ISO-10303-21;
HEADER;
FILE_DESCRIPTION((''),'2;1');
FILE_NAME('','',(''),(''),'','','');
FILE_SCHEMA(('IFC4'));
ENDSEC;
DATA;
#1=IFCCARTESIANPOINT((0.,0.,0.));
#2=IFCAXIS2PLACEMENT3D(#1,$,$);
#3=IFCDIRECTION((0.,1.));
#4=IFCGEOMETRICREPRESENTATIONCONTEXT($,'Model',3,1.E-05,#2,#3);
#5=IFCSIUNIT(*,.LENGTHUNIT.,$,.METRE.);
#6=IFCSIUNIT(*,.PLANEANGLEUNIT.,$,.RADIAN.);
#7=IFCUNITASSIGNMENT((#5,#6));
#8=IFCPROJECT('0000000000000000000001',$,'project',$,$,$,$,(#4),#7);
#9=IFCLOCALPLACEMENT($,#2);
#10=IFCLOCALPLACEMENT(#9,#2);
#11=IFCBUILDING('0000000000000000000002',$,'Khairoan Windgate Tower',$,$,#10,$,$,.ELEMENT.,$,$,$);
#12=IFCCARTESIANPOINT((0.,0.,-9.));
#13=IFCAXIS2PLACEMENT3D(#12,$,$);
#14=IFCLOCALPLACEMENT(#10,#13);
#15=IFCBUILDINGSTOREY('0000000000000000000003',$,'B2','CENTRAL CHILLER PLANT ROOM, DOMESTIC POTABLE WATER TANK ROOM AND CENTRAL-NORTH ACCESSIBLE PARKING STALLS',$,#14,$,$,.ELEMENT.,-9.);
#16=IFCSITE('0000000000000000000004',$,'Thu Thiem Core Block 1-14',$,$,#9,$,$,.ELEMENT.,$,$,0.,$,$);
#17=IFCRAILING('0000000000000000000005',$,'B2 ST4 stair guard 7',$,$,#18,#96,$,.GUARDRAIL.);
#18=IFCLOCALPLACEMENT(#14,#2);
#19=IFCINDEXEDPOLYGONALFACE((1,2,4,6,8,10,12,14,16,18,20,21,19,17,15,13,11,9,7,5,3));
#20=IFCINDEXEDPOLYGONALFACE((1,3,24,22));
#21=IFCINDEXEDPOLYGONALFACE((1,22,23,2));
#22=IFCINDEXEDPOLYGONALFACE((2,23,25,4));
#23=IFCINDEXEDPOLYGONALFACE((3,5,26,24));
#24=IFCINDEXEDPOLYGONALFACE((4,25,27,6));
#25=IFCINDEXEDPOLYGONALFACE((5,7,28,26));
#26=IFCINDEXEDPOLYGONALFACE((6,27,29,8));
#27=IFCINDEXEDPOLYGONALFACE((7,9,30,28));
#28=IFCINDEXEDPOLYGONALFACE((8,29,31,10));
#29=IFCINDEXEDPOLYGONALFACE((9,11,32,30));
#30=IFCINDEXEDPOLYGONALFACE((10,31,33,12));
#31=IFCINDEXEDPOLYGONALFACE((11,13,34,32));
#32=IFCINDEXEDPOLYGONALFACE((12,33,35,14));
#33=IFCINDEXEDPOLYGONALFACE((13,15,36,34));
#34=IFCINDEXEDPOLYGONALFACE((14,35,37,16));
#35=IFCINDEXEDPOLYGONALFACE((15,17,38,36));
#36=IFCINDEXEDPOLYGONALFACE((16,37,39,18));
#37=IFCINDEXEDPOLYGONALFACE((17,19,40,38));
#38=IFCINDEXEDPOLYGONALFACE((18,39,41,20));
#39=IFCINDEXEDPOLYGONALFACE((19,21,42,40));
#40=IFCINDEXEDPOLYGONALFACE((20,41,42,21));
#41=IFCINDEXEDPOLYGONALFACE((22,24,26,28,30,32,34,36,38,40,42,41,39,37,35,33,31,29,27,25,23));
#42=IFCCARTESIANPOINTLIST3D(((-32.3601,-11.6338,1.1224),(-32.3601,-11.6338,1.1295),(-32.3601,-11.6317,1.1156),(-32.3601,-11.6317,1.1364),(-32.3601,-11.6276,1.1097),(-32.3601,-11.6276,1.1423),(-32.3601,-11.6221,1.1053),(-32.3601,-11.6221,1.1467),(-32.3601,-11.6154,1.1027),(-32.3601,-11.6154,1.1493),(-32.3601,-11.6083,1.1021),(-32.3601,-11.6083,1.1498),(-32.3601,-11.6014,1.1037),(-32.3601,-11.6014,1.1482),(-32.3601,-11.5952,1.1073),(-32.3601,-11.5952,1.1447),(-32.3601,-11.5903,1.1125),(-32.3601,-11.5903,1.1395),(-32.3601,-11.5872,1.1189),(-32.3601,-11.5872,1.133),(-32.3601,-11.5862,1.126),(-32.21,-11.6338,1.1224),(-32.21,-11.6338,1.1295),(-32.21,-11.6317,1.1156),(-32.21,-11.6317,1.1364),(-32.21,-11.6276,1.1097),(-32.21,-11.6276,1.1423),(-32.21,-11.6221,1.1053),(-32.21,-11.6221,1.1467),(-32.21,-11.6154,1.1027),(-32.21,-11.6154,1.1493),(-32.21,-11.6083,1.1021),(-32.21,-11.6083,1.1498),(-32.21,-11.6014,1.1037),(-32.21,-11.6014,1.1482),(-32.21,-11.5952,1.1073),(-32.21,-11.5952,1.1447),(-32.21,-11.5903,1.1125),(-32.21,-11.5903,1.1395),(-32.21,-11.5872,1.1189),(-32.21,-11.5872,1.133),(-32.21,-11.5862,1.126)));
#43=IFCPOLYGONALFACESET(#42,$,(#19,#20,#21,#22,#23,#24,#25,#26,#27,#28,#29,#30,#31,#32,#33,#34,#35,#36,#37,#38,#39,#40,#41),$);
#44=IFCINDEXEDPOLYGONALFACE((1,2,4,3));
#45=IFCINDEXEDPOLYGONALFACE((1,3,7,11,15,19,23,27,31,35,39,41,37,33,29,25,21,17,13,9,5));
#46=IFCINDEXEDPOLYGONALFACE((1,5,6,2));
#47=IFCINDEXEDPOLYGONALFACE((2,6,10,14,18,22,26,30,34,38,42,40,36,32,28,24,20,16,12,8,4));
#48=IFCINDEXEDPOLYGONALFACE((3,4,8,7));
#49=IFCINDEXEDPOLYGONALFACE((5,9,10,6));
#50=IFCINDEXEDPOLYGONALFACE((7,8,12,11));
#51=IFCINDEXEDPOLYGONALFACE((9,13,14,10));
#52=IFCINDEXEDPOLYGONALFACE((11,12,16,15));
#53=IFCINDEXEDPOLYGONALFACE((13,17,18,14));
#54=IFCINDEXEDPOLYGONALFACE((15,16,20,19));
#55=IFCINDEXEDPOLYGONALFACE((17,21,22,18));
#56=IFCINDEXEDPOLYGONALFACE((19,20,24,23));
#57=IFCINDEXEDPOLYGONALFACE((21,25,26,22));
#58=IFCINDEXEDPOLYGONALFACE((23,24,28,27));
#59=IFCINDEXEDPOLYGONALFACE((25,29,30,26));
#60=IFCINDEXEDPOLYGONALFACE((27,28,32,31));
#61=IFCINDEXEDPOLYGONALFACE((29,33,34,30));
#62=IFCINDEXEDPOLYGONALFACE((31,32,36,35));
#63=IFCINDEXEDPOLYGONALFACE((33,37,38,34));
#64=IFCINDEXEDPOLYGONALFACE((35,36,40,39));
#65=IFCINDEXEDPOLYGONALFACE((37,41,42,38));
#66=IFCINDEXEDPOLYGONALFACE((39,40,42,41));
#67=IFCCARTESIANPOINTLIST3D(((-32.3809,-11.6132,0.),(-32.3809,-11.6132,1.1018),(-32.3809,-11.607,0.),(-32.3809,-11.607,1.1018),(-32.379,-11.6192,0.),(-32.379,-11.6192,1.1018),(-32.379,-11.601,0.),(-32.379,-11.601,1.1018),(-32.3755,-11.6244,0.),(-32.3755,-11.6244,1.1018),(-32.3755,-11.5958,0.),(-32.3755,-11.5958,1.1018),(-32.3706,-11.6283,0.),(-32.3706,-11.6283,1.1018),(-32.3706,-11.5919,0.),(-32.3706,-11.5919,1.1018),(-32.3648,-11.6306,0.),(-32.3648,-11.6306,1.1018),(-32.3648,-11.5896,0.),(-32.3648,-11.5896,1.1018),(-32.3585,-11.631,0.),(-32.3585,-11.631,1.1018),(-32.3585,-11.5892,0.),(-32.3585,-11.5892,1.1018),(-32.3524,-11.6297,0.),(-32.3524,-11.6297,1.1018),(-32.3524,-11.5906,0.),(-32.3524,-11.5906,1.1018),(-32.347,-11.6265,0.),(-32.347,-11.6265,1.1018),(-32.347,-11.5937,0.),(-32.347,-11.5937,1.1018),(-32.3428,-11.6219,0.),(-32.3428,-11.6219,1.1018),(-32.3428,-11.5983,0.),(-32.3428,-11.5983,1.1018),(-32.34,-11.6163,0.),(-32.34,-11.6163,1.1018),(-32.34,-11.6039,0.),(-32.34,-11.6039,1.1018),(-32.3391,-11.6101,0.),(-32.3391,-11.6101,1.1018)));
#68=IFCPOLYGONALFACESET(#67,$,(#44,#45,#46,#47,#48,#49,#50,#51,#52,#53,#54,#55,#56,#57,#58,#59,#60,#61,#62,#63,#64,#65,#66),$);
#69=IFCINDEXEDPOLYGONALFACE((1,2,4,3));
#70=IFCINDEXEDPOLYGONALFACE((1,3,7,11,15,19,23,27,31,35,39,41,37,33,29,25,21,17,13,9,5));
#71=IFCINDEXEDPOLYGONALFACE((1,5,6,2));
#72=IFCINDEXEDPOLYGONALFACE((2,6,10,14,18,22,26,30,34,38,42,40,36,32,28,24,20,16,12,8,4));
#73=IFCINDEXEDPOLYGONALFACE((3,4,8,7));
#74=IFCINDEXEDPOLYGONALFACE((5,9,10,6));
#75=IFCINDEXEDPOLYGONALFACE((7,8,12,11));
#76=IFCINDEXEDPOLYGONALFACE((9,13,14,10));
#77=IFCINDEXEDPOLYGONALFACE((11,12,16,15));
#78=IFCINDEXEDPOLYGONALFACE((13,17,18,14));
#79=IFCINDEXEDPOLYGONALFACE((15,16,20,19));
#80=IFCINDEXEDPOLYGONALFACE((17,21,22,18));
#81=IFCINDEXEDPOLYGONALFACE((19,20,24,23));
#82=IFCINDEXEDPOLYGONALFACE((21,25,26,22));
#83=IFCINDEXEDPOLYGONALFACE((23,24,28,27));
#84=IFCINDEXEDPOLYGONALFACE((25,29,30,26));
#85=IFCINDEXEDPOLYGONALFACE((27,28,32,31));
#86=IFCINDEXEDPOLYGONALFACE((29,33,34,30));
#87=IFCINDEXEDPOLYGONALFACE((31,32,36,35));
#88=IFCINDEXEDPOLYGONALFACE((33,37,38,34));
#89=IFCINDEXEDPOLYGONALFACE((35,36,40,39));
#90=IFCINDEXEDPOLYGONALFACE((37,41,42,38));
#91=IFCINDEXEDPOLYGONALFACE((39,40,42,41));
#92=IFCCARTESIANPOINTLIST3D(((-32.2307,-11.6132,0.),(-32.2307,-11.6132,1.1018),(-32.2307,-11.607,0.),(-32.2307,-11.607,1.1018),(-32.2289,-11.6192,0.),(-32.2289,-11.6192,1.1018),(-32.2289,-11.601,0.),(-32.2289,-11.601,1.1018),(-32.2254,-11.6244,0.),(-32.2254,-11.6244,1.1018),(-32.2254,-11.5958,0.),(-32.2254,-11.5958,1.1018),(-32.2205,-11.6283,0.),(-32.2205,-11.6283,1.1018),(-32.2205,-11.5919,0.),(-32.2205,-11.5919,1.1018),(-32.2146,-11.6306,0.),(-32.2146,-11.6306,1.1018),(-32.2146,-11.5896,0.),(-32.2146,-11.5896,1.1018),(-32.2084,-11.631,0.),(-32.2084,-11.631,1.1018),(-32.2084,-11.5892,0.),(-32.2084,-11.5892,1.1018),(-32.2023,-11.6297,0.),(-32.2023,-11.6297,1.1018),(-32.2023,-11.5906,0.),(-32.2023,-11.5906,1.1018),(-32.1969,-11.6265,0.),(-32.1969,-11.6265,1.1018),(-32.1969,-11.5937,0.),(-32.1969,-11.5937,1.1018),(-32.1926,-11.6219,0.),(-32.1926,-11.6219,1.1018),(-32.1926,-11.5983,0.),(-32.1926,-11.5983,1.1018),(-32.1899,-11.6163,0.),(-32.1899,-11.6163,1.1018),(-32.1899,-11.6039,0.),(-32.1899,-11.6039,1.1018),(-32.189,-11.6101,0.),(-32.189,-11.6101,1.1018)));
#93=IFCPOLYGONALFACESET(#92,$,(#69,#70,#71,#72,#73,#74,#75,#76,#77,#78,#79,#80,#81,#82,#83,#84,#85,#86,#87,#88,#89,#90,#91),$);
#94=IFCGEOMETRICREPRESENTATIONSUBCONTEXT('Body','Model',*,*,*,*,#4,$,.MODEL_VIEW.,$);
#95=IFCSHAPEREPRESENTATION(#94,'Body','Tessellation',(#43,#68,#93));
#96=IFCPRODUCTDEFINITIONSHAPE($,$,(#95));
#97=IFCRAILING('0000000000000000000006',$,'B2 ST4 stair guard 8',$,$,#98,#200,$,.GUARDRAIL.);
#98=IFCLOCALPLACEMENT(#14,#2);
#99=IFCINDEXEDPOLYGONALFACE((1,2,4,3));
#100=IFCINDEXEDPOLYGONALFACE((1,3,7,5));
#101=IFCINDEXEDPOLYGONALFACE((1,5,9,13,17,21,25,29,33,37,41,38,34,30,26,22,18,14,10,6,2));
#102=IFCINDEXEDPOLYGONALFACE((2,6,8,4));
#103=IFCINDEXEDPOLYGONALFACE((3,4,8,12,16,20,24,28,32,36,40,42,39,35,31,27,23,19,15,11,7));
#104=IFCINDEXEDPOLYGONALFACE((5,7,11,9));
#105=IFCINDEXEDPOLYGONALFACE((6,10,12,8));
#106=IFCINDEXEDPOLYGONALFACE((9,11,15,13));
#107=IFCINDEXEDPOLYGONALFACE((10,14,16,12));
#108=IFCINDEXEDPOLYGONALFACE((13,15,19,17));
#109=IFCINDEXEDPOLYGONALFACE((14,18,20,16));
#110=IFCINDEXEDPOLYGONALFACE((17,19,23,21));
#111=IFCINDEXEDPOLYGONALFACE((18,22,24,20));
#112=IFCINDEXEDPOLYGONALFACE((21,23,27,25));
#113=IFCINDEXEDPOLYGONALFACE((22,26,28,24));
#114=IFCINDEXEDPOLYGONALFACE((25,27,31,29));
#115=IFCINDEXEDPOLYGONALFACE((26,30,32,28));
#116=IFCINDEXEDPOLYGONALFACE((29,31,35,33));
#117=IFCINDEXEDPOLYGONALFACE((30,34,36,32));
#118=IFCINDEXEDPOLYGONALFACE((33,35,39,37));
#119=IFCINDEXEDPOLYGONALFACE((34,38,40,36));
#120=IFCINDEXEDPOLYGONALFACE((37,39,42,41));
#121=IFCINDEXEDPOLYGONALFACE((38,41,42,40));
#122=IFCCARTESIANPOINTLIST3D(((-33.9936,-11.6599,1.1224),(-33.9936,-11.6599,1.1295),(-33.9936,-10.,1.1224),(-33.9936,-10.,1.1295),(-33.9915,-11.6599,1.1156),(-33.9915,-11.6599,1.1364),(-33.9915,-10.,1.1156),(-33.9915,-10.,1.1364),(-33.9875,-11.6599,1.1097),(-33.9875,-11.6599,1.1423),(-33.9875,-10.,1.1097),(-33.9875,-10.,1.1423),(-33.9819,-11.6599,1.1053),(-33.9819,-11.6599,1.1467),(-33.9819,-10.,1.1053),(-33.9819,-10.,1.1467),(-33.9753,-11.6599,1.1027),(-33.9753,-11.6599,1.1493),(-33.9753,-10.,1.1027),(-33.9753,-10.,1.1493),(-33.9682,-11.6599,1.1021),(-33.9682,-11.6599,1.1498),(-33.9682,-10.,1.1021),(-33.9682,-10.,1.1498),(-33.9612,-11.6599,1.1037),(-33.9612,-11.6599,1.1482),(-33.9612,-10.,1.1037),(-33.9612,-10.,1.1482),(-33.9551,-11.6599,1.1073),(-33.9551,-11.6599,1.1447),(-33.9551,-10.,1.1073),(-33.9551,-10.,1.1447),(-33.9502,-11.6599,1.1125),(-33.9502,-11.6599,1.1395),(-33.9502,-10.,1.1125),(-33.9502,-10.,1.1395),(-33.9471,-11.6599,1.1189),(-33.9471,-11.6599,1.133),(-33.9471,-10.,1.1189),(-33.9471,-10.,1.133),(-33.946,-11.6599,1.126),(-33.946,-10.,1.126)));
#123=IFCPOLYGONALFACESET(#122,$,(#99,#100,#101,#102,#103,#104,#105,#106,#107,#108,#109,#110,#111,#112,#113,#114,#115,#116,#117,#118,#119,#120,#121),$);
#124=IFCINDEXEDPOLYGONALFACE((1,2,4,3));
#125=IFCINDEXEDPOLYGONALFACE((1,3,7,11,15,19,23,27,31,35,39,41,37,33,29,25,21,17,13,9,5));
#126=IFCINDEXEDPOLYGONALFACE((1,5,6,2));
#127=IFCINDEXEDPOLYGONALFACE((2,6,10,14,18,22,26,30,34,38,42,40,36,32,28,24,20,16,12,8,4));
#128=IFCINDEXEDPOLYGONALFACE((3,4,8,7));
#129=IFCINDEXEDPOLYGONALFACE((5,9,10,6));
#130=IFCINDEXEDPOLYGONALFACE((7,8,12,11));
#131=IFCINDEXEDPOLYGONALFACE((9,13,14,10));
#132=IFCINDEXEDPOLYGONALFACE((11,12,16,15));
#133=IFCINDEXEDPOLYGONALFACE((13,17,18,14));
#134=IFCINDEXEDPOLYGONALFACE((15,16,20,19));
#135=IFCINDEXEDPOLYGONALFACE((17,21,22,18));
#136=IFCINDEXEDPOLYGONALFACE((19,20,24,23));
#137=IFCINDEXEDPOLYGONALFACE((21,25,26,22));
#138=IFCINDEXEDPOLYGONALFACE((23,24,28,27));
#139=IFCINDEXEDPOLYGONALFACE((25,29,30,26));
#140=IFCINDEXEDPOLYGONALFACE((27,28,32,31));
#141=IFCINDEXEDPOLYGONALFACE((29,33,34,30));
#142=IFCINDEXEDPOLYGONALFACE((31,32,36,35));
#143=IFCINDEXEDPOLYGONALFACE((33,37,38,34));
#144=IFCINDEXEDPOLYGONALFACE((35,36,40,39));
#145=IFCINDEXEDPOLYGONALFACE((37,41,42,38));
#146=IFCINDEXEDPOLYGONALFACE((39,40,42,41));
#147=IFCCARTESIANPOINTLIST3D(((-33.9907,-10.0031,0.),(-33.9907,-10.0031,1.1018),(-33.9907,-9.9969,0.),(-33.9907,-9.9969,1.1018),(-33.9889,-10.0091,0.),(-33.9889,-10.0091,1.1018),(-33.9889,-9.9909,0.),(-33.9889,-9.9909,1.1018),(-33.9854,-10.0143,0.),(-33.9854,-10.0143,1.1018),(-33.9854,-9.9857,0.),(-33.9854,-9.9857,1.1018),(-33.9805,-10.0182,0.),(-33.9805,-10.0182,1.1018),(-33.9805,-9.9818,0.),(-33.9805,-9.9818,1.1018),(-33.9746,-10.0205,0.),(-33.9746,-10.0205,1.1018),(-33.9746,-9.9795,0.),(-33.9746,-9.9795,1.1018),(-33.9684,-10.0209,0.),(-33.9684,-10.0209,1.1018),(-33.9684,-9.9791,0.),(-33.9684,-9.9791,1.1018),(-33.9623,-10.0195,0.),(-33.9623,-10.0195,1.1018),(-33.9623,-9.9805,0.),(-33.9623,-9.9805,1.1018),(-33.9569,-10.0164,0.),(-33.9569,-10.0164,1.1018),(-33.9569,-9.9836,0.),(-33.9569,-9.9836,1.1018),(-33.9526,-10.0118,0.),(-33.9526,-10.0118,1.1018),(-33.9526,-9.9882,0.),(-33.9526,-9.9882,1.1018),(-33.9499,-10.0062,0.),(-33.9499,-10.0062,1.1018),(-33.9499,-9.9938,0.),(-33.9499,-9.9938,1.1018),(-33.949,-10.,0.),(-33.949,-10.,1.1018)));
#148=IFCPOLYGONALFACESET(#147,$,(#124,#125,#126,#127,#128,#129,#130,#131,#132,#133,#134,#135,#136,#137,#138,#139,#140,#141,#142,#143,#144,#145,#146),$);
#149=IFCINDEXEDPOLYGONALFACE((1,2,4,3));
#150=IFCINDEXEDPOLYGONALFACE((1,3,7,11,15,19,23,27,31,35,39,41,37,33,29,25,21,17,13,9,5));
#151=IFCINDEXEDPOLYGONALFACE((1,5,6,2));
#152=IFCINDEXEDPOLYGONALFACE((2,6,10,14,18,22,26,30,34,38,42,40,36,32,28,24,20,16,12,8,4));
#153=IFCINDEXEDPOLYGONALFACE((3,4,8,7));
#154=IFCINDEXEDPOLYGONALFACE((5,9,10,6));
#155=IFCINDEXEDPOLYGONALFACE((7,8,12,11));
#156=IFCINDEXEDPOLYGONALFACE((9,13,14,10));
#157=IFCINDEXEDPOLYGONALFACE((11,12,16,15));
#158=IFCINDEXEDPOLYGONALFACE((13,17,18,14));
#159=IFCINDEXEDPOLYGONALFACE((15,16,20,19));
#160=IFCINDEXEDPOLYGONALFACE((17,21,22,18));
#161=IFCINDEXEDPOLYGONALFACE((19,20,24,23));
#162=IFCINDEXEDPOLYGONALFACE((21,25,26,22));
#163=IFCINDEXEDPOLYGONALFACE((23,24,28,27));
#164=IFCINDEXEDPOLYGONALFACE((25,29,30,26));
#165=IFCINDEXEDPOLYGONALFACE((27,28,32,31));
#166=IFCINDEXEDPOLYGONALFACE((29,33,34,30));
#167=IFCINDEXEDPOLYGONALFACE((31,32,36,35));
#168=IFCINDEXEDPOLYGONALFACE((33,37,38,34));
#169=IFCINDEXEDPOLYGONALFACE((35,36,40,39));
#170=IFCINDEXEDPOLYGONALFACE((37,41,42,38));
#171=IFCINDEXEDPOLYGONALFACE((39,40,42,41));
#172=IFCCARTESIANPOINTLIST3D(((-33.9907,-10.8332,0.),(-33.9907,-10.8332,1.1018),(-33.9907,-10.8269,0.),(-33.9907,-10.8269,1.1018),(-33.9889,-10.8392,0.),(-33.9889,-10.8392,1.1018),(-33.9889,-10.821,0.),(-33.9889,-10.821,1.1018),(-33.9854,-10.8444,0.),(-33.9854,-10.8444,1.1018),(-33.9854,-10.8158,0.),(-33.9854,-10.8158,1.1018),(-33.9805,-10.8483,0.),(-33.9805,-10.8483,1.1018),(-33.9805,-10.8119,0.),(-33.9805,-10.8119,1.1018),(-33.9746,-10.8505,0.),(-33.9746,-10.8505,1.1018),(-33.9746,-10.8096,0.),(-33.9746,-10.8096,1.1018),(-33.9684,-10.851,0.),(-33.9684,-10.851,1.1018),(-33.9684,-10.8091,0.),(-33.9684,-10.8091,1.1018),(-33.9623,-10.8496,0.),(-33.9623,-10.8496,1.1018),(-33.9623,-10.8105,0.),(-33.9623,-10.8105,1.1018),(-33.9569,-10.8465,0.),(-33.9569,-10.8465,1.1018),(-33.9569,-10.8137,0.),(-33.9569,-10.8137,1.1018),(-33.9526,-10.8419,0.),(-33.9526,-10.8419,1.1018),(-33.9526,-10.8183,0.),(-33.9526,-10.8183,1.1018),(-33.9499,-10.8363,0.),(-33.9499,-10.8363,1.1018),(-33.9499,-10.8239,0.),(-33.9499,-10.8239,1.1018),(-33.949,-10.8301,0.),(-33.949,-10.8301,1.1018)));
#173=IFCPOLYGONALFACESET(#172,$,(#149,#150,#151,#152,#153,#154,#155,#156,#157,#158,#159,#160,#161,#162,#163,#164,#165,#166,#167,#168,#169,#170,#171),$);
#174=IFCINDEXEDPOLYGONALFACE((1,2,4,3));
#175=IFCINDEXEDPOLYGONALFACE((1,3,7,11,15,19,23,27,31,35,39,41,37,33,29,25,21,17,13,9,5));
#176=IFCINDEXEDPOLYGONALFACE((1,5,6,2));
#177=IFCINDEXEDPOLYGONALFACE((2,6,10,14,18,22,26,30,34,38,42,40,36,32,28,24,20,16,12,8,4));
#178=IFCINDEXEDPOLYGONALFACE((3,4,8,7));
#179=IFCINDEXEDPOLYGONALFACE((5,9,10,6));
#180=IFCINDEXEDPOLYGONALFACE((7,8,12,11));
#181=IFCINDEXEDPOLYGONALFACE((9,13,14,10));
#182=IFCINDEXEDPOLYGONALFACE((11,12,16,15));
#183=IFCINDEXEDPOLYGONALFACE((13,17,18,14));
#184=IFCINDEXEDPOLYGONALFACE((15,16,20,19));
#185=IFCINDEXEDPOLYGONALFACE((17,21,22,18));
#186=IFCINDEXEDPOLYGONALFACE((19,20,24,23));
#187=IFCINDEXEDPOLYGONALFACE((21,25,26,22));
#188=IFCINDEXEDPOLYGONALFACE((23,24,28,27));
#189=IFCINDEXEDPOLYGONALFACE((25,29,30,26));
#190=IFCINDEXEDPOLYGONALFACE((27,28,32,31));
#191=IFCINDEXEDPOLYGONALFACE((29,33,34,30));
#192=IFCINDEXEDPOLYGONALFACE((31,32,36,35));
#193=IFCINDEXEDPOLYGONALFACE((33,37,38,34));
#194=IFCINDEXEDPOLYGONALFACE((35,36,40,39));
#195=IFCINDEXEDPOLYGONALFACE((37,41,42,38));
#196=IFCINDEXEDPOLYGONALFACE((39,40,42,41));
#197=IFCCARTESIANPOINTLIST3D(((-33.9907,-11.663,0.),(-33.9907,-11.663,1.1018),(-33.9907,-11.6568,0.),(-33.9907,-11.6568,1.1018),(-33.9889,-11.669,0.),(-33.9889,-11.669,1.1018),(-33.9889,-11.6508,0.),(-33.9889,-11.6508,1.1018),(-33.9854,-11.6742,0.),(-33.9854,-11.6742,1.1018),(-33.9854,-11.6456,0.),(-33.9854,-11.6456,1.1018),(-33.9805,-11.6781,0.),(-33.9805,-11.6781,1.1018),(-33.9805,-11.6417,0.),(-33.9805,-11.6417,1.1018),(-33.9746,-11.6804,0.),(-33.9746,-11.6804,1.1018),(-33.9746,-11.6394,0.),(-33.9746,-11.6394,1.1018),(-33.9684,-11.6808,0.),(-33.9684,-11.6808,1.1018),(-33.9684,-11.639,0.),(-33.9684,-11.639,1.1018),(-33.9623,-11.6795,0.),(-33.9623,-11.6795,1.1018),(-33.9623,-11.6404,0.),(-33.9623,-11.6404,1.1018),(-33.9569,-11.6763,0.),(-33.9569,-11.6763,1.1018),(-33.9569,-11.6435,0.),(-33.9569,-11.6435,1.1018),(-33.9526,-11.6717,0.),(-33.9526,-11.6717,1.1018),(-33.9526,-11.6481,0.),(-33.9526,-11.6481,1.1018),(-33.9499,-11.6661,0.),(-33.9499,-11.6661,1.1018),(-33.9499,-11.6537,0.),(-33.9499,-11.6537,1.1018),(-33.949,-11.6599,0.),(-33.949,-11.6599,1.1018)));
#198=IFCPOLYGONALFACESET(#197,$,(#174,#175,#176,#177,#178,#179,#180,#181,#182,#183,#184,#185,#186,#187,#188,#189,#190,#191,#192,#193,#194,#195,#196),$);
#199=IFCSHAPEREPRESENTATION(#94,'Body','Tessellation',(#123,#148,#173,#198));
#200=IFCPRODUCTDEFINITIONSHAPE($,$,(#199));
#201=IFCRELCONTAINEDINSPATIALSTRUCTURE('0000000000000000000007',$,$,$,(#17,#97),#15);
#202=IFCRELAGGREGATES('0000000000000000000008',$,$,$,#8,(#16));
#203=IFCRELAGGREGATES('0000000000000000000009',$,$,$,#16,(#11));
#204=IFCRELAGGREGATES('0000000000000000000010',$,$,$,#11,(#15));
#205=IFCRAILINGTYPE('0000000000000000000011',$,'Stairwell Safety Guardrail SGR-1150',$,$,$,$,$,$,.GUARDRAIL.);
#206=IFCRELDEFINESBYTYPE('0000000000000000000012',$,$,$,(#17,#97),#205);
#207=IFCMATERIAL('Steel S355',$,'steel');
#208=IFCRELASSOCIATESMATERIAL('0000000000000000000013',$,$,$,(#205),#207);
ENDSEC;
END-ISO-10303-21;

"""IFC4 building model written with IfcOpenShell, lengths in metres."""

from ifc_helpers import new_model, si_unit, direction, frame, origin, origin_2d, place, context, subcontext, project, spatial, circle, extrude, material, type_object, element, save


model = new_model("IFC4")

# Units and contexts
model_context = context("Model", 3, precision=1e-05, world=origin(), true_north=direction((0.0, 1.0)))
body_context = subcontext(model_context, "Body", "Model", "MODEL_VIEW")
ifc_project = project(units=[si_unit("LENGTHUNIT", "METRE"), si_unit("PLANEANGLEUNIT", "RADIAN")], contexts=[model_context])

# Site, building, storey
site_placement = place(None, origin())
site = spatial("IfcSite", under=ifc_project, at=site_placement, Name="Thu Thiem Core Block 1-14", CompositionType="ELEMENT", RefElevation=0.0)
building_placement = place(site_placement, origin())
building = spatial("IfcBuilding", under=site, at=building_placement, Name="Khairoan Windgate Tower", CompositionType="ELEMENT")
storey_placement = place(building_placement, frame((0.0, 0.0, -9.0)))
storey = spatial("IfcBuildingStorey", under=building, at=storey_placement, Name="B2", Description="CENTRAL CHILLER PLANT ROOM, DOMESTIC POTABLE WATER TANK ROOM AND CENTRAL-NORTH ACCESSIBLE PARKING STALLS", CompositionType="ELEMENT", Elevation=-9.0)

# Railings
ifc_material_1 = material(Name="Steel S355", Category="steel")
railing_type_1 = type_object("IfcRailingType", Name="Stairwell Safety Guardrail SGR-1150", PredefinedType="GUARDRAIL", material=ifc_material_1)
railing_1_placement = place(storey_placement, frame((-32.3601, -11.6101, 0.0)))
element("IfcRailing", 1, at=railing_1_placement, inside=storey, type_object=railing_type_1, Name="B2 ST4 stair guard 7", PredefinedType="GUARDRAIL", context=body_context, shape_type="SweptSolid", body=[
    extrude(circle(Radius=0.0239, at=origin_2d()), frame((0.0, 0.0, 1.126), z_axis=(1.0, 0.0, 0.0), x_axis=(0.0, 1.0, 0.0)), (0.0, 0.0, 1.0), 0.1501),
    extrude(circle(Radius=0.021, at=origin_2d()), origin(), (0.0, 0.0, 1.0), 1.1018),
    extrude(circle(Radius=0.021, at=origin_2d()), frame((0.1501, 0.0, 0.0)), (0.0, 0.0, 1.0), 1.1018),
])
for number, where, name in (
    (2, (-33.97, -10.0, 0.0), "B2 ST4 stair guard 8"),
):
    element("IfcRailing", number, at=place(storey_placement, frame(where)), inside=storey, type_object=railing_type_1, Name=name, PredefinedType="GUARDRAIL", context=body_context, shape_type="SweptSolid", body=[
        extrude(circle(Radius=0.0239, at=origin_2d()), frame((0.0, 0.0, 1.126), z_axis=(0.0, -1.0, 0.0), x_axis=(1.0, 0.0, 0.0)), (0.0, 0.0, 1.0), 1.6599),
        extrude(circle(Radius=0.021, at=origin_2d()), origin(), (0.0, 0.0, 1.0), 1.1018),
        extrude(circle(Radius=0.021, at=origin_2d()), frame((0.0, -0.8301, 0.0)), (0.0, 0.0, 1.0), 1.1018),
        extrude(circle(Radius=0.021, at=origin_2d()), frame((0.0, -1.6599, 0.0)), (0.0, 0.0, 1.0), 1.1018),
    ])

save(model, "model.ifc")
